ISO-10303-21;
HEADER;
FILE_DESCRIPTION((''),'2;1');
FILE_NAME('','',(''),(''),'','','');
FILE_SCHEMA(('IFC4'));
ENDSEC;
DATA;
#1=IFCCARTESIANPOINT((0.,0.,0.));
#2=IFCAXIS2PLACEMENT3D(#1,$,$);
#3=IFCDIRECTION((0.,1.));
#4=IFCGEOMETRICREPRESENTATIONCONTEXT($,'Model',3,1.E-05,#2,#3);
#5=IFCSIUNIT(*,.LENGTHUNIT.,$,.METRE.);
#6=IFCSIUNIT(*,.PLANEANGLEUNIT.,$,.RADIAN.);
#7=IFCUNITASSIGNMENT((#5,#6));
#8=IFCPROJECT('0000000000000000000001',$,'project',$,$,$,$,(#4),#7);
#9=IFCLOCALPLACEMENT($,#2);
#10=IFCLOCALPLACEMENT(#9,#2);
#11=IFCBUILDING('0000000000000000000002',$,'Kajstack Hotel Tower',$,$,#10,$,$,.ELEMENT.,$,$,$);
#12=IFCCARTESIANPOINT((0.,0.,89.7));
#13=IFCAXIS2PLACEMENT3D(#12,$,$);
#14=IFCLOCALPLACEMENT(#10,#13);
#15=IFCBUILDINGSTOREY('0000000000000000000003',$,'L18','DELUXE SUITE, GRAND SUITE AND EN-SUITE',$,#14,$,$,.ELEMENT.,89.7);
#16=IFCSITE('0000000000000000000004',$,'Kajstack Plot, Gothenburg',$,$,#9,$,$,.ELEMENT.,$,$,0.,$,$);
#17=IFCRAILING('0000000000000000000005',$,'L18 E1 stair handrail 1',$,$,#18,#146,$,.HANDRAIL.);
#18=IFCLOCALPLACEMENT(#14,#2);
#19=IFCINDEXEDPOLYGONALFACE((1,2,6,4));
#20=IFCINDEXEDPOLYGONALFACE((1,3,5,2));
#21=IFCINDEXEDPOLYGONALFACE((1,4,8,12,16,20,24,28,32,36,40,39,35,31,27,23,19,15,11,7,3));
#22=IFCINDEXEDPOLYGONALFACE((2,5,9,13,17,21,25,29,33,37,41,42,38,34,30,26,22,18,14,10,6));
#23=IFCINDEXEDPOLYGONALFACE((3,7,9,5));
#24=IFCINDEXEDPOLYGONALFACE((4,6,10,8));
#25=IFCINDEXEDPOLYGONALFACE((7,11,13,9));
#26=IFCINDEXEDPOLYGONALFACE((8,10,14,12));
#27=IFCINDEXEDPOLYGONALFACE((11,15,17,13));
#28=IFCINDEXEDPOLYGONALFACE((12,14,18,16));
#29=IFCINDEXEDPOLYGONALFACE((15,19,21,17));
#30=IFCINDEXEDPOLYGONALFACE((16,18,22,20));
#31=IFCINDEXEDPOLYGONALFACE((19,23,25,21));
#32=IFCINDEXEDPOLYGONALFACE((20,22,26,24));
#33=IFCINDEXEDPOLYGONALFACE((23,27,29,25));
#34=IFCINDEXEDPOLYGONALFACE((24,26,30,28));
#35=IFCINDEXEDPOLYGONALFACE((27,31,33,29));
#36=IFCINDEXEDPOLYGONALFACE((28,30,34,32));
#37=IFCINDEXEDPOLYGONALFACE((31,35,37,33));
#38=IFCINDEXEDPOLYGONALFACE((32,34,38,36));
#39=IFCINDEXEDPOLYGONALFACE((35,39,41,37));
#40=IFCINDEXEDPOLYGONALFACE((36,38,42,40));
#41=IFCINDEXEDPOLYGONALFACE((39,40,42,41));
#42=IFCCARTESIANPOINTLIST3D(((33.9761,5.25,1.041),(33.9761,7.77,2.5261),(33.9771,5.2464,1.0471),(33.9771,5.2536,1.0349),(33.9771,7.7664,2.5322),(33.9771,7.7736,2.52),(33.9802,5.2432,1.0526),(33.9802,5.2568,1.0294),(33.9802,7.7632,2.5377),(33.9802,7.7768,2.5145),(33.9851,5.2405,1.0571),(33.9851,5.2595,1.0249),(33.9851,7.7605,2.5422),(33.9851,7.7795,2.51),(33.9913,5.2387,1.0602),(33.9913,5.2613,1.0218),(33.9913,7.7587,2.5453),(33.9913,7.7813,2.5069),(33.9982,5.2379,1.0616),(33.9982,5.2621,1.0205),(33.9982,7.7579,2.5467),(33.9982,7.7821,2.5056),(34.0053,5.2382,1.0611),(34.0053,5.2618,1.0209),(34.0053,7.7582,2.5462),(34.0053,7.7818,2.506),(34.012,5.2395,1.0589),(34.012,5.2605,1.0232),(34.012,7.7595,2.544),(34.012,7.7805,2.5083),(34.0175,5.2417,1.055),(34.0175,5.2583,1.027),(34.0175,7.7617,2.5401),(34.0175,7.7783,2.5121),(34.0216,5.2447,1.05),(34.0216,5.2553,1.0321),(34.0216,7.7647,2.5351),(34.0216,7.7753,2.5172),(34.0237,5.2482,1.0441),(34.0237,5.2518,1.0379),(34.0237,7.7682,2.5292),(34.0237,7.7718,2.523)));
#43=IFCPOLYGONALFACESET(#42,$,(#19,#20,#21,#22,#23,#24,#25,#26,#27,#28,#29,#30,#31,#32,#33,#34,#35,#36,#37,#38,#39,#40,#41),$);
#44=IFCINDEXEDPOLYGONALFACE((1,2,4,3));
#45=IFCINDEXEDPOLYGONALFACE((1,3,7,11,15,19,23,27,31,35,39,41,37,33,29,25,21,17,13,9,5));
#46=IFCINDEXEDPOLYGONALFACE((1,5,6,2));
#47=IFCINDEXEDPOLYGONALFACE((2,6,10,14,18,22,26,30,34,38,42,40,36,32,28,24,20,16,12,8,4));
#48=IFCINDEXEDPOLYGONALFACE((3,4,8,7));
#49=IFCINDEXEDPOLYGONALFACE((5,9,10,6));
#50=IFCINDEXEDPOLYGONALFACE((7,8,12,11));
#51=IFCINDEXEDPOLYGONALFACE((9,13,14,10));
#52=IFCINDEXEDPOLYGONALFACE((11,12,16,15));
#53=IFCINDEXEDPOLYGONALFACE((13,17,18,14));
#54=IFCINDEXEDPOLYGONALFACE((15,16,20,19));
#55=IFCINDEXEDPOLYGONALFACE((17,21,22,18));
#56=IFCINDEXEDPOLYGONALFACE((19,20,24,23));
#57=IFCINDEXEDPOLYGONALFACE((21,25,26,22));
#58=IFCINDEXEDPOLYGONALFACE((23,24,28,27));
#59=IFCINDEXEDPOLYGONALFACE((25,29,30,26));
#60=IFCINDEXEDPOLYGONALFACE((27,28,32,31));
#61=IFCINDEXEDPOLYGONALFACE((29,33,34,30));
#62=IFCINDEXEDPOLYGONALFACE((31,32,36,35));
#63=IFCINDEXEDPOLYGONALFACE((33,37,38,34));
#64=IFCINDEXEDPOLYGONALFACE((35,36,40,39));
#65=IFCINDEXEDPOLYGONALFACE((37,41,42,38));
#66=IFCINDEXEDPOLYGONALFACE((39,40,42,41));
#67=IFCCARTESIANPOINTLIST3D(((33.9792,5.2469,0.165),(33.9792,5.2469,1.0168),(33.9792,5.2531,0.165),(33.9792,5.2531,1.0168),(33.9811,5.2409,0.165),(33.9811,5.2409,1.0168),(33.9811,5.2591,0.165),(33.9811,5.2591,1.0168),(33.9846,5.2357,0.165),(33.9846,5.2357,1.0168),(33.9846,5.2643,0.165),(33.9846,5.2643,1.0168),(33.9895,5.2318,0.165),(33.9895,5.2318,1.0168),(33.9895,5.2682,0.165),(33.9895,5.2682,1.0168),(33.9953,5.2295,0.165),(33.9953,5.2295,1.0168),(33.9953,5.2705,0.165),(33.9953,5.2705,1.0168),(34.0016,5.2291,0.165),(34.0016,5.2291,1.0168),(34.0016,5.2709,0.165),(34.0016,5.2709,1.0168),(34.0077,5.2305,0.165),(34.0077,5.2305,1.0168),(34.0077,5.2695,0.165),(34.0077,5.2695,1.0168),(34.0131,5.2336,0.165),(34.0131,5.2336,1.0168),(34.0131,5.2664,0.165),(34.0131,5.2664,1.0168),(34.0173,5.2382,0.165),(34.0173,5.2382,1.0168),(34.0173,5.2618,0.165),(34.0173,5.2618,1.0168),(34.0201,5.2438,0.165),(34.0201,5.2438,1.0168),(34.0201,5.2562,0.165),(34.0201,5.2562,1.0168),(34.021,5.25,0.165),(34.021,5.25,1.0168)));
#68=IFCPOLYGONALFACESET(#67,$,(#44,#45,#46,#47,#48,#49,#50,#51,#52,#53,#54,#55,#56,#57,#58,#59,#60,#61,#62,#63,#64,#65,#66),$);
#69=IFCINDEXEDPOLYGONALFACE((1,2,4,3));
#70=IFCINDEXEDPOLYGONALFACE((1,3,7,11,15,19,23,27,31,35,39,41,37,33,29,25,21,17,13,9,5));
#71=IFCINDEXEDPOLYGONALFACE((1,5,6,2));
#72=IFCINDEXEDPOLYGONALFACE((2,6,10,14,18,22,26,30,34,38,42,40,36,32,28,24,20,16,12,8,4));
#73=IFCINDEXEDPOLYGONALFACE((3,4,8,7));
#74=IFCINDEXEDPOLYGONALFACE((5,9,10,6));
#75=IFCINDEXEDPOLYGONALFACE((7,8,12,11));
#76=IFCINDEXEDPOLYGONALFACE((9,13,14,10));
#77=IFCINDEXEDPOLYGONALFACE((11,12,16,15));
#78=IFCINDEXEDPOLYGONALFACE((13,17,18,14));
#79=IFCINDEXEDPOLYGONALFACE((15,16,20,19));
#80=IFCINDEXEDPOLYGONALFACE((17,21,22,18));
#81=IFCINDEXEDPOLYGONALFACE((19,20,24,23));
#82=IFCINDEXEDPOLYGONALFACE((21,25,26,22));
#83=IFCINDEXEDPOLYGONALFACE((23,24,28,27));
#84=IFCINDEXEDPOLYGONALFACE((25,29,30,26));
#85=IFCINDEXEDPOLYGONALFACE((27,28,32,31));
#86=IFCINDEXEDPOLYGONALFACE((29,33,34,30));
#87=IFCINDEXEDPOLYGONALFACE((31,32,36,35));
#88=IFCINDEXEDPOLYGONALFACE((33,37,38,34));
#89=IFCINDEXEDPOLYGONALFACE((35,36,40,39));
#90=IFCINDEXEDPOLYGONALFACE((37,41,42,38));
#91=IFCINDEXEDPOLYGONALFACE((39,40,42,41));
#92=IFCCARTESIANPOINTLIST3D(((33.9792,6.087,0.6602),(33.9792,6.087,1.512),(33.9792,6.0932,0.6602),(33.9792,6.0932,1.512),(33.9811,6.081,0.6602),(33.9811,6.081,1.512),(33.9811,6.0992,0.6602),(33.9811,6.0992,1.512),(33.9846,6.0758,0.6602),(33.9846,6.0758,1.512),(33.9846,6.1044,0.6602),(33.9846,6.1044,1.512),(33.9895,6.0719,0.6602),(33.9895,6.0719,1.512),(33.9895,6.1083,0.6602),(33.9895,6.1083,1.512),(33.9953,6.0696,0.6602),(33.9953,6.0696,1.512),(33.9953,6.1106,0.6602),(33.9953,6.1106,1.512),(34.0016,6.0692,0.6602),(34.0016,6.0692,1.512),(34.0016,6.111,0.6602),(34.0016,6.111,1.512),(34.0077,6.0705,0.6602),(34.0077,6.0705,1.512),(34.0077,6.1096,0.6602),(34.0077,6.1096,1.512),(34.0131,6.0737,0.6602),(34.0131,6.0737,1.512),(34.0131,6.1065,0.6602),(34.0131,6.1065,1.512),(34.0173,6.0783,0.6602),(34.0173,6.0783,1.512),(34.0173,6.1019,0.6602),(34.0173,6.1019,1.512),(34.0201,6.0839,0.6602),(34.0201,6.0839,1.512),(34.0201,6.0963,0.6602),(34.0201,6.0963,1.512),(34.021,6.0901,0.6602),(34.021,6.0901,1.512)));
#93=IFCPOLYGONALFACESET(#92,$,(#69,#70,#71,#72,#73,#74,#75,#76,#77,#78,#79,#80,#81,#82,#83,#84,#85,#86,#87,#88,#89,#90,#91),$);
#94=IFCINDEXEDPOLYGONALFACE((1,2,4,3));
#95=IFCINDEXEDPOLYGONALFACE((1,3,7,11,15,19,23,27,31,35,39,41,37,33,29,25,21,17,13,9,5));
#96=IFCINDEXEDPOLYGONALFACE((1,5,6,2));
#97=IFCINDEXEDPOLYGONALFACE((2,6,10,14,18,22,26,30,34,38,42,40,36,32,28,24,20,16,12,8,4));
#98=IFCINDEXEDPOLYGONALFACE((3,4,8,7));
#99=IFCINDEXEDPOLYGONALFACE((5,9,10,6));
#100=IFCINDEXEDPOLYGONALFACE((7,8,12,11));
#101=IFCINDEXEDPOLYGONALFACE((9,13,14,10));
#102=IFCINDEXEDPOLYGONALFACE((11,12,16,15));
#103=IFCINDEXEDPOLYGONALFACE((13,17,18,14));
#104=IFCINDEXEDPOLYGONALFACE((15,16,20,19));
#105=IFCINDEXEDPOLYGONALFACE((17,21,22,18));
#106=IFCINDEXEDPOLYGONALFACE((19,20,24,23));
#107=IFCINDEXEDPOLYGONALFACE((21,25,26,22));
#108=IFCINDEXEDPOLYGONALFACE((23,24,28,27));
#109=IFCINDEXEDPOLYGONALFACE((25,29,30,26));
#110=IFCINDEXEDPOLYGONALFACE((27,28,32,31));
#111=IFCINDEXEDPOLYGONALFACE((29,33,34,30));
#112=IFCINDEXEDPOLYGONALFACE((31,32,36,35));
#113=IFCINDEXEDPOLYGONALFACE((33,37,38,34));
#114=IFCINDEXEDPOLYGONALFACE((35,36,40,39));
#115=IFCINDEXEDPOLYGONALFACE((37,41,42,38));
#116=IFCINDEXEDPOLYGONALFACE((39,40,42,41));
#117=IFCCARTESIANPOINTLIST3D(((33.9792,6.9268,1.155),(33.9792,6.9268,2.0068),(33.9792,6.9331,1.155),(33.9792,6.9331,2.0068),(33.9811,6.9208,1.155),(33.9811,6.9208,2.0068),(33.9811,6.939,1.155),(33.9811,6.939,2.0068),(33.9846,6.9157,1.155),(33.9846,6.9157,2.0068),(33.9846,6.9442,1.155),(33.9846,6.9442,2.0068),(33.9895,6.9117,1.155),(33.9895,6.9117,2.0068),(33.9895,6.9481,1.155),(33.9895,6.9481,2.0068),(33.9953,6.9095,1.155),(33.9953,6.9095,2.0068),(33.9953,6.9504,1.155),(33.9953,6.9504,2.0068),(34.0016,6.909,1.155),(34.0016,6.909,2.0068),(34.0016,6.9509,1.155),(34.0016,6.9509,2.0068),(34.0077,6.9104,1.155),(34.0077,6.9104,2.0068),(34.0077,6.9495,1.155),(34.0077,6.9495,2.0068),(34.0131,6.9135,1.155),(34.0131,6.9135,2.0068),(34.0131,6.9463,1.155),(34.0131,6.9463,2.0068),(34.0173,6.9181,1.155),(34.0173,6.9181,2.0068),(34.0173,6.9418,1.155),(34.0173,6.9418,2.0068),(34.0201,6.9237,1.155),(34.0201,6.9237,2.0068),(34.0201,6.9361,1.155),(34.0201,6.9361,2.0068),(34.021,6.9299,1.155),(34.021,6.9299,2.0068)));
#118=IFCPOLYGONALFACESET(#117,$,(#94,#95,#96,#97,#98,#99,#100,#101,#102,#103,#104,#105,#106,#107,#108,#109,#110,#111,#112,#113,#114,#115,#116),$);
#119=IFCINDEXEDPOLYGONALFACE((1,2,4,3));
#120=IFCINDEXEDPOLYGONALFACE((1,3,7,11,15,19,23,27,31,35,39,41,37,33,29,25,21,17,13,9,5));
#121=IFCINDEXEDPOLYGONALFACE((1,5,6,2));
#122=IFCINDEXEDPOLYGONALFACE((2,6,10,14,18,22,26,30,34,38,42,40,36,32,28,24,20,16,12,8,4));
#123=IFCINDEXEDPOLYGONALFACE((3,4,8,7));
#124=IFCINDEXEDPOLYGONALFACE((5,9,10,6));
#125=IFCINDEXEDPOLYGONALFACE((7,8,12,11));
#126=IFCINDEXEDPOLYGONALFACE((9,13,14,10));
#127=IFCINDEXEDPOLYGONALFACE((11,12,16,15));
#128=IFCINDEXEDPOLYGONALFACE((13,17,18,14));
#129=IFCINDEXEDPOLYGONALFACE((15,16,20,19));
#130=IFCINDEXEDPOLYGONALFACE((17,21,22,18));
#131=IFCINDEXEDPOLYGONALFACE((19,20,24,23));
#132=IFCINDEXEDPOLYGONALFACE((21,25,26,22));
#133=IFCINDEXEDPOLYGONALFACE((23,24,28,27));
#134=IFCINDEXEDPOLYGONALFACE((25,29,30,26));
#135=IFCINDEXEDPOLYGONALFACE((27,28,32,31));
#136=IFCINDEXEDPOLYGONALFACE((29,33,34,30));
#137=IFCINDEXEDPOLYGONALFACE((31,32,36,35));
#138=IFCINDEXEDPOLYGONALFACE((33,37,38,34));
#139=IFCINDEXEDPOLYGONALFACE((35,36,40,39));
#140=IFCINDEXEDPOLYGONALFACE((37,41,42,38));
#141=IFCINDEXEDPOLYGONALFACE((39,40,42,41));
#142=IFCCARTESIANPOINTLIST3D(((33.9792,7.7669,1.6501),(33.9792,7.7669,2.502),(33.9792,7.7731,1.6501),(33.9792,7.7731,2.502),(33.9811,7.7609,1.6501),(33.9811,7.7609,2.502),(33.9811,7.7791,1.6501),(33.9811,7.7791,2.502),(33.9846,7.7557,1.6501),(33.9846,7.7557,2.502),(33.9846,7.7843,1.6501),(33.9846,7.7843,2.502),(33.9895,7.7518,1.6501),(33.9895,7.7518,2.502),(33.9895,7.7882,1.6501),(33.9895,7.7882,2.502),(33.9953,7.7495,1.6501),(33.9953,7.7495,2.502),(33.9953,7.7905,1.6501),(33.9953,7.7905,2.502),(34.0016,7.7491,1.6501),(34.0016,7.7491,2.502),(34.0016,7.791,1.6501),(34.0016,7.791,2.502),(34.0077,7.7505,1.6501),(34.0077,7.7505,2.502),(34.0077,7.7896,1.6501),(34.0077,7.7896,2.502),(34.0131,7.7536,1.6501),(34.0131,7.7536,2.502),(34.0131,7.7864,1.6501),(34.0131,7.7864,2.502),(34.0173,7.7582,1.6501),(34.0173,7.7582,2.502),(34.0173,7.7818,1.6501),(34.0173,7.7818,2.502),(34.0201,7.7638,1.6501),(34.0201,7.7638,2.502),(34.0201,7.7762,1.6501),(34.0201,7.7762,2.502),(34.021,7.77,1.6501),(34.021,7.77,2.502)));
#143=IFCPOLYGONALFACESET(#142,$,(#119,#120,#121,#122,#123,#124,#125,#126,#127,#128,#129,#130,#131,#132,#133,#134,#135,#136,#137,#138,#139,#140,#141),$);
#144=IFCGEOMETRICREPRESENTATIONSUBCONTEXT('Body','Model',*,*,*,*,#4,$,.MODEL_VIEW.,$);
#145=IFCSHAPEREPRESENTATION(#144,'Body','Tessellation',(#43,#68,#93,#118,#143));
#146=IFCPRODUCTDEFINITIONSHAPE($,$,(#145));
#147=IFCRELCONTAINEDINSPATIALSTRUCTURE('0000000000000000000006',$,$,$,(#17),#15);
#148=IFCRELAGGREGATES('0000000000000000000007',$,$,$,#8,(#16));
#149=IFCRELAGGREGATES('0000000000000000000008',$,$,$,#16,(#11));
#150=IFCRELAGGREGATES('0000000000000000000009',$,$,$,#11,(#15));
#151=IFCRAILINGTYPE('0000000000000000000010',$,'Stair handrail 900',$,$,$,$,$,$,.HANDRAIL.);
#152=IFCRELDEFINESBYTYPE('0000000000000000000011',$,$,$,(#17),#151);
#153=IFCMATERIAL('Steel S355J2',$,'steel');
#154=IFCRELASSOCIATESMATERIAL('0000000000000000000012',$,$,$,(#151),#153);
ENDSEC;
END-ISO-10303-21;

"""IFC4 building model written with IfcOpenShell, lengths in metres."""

from ifc_helpers import new_model, si_unit, direction, frame, origin, origin_2d, place, context, subcontext, project, spatial, circle, extrude, material, type_object, element, save


model = new_model("IFC4")

# Units and contexts
model_context = context("Model", 3, precision=1e-05, world=origin(), true_north=direction((0.0, 1.0)))
body_context = subcontext(model_context, "Body", "Model", "MODEL_VIEW")
ifc_project = project(units=[si_unit("LENGTHUNIT", "METRE"), si_unit("PLANEANGLEUNIT", "RADIAN")], contexts=[model_context])

# Site, building, storey
site_placement = place(None, origin())
site = spatial("IfcSite", under=ifc_project, at=site_placement, Name="Kajstack Plot, Gothenburg", CompositionType="ELEMENT", RefElevation=0.0)
building_placement = place(site_placement, origin())
building = spatial("IfcBuilding", under=site, at=building_placement, Name="Kajstack Hotel Tower", CompositionType="ELEMENT")
storey_placement = place(building_placement, frame((0.0, 0.0, 89.7)))
storey = spatial("IfcBuildingStorey", under=building, at=storey_placement, Name="L18", Description="DELUXE SUITE, GRAND SUITE AND EN-SUITE", CompositionType="ELEMENT", Elevation=89.7)

# Railing
ifc_material_1 = material(Name="Steel S355J2", Category="steel")
railing_type_1 = type_object("IfcRailingType", Name="Stair handrail 900", PredefinedType="HANDRAIL", material=ifc_material_1)
railing_1_placement = place(storey_placement, frame((34.0, 5.25, 0.165)))
element("IfcRailing", 1, at=railing_1_placement, inside=storey, type_object=railing_type_1, Name="L18 E1 stair handrail 1", PredefinedType="HANDRAIL", context=body_context, shape_type="SweptSolid", body=[
    extrude(circle(Radius=0.0239, at=origin_2d()), frame((0.0, 0.0, 0.876), z_axis=(0.0, 0.861524, 0.507717), x_axis=(-1.0, 0.0, 0.0)), (0.0, 0.0, 1.0), 2.925),
    extrude(circle(Radius=0.021, at=origin_2d()), origin(), (0.0, 0.0, 1.0), 0.8518),
    extrude(circle(Radius=0.021, at=origin_2d()), frame((0.0, 0.8401, 0.4951)), (0.0, 0.0, 1.0), 0.8518),
    extrude(circle(Radius=0.021, at=origin_2d()), frame((0.0, 1.6799, 0.99)), (0.0, 0.0, 1.0), 0.8518),
    extrude(circle(Radius=0.021, at=origin_2d()), frame((0.0, 2.52, 1.4851)), (0.0, 0.0, 1.0), 0.8518),
])

save(model, "model.ifc")
